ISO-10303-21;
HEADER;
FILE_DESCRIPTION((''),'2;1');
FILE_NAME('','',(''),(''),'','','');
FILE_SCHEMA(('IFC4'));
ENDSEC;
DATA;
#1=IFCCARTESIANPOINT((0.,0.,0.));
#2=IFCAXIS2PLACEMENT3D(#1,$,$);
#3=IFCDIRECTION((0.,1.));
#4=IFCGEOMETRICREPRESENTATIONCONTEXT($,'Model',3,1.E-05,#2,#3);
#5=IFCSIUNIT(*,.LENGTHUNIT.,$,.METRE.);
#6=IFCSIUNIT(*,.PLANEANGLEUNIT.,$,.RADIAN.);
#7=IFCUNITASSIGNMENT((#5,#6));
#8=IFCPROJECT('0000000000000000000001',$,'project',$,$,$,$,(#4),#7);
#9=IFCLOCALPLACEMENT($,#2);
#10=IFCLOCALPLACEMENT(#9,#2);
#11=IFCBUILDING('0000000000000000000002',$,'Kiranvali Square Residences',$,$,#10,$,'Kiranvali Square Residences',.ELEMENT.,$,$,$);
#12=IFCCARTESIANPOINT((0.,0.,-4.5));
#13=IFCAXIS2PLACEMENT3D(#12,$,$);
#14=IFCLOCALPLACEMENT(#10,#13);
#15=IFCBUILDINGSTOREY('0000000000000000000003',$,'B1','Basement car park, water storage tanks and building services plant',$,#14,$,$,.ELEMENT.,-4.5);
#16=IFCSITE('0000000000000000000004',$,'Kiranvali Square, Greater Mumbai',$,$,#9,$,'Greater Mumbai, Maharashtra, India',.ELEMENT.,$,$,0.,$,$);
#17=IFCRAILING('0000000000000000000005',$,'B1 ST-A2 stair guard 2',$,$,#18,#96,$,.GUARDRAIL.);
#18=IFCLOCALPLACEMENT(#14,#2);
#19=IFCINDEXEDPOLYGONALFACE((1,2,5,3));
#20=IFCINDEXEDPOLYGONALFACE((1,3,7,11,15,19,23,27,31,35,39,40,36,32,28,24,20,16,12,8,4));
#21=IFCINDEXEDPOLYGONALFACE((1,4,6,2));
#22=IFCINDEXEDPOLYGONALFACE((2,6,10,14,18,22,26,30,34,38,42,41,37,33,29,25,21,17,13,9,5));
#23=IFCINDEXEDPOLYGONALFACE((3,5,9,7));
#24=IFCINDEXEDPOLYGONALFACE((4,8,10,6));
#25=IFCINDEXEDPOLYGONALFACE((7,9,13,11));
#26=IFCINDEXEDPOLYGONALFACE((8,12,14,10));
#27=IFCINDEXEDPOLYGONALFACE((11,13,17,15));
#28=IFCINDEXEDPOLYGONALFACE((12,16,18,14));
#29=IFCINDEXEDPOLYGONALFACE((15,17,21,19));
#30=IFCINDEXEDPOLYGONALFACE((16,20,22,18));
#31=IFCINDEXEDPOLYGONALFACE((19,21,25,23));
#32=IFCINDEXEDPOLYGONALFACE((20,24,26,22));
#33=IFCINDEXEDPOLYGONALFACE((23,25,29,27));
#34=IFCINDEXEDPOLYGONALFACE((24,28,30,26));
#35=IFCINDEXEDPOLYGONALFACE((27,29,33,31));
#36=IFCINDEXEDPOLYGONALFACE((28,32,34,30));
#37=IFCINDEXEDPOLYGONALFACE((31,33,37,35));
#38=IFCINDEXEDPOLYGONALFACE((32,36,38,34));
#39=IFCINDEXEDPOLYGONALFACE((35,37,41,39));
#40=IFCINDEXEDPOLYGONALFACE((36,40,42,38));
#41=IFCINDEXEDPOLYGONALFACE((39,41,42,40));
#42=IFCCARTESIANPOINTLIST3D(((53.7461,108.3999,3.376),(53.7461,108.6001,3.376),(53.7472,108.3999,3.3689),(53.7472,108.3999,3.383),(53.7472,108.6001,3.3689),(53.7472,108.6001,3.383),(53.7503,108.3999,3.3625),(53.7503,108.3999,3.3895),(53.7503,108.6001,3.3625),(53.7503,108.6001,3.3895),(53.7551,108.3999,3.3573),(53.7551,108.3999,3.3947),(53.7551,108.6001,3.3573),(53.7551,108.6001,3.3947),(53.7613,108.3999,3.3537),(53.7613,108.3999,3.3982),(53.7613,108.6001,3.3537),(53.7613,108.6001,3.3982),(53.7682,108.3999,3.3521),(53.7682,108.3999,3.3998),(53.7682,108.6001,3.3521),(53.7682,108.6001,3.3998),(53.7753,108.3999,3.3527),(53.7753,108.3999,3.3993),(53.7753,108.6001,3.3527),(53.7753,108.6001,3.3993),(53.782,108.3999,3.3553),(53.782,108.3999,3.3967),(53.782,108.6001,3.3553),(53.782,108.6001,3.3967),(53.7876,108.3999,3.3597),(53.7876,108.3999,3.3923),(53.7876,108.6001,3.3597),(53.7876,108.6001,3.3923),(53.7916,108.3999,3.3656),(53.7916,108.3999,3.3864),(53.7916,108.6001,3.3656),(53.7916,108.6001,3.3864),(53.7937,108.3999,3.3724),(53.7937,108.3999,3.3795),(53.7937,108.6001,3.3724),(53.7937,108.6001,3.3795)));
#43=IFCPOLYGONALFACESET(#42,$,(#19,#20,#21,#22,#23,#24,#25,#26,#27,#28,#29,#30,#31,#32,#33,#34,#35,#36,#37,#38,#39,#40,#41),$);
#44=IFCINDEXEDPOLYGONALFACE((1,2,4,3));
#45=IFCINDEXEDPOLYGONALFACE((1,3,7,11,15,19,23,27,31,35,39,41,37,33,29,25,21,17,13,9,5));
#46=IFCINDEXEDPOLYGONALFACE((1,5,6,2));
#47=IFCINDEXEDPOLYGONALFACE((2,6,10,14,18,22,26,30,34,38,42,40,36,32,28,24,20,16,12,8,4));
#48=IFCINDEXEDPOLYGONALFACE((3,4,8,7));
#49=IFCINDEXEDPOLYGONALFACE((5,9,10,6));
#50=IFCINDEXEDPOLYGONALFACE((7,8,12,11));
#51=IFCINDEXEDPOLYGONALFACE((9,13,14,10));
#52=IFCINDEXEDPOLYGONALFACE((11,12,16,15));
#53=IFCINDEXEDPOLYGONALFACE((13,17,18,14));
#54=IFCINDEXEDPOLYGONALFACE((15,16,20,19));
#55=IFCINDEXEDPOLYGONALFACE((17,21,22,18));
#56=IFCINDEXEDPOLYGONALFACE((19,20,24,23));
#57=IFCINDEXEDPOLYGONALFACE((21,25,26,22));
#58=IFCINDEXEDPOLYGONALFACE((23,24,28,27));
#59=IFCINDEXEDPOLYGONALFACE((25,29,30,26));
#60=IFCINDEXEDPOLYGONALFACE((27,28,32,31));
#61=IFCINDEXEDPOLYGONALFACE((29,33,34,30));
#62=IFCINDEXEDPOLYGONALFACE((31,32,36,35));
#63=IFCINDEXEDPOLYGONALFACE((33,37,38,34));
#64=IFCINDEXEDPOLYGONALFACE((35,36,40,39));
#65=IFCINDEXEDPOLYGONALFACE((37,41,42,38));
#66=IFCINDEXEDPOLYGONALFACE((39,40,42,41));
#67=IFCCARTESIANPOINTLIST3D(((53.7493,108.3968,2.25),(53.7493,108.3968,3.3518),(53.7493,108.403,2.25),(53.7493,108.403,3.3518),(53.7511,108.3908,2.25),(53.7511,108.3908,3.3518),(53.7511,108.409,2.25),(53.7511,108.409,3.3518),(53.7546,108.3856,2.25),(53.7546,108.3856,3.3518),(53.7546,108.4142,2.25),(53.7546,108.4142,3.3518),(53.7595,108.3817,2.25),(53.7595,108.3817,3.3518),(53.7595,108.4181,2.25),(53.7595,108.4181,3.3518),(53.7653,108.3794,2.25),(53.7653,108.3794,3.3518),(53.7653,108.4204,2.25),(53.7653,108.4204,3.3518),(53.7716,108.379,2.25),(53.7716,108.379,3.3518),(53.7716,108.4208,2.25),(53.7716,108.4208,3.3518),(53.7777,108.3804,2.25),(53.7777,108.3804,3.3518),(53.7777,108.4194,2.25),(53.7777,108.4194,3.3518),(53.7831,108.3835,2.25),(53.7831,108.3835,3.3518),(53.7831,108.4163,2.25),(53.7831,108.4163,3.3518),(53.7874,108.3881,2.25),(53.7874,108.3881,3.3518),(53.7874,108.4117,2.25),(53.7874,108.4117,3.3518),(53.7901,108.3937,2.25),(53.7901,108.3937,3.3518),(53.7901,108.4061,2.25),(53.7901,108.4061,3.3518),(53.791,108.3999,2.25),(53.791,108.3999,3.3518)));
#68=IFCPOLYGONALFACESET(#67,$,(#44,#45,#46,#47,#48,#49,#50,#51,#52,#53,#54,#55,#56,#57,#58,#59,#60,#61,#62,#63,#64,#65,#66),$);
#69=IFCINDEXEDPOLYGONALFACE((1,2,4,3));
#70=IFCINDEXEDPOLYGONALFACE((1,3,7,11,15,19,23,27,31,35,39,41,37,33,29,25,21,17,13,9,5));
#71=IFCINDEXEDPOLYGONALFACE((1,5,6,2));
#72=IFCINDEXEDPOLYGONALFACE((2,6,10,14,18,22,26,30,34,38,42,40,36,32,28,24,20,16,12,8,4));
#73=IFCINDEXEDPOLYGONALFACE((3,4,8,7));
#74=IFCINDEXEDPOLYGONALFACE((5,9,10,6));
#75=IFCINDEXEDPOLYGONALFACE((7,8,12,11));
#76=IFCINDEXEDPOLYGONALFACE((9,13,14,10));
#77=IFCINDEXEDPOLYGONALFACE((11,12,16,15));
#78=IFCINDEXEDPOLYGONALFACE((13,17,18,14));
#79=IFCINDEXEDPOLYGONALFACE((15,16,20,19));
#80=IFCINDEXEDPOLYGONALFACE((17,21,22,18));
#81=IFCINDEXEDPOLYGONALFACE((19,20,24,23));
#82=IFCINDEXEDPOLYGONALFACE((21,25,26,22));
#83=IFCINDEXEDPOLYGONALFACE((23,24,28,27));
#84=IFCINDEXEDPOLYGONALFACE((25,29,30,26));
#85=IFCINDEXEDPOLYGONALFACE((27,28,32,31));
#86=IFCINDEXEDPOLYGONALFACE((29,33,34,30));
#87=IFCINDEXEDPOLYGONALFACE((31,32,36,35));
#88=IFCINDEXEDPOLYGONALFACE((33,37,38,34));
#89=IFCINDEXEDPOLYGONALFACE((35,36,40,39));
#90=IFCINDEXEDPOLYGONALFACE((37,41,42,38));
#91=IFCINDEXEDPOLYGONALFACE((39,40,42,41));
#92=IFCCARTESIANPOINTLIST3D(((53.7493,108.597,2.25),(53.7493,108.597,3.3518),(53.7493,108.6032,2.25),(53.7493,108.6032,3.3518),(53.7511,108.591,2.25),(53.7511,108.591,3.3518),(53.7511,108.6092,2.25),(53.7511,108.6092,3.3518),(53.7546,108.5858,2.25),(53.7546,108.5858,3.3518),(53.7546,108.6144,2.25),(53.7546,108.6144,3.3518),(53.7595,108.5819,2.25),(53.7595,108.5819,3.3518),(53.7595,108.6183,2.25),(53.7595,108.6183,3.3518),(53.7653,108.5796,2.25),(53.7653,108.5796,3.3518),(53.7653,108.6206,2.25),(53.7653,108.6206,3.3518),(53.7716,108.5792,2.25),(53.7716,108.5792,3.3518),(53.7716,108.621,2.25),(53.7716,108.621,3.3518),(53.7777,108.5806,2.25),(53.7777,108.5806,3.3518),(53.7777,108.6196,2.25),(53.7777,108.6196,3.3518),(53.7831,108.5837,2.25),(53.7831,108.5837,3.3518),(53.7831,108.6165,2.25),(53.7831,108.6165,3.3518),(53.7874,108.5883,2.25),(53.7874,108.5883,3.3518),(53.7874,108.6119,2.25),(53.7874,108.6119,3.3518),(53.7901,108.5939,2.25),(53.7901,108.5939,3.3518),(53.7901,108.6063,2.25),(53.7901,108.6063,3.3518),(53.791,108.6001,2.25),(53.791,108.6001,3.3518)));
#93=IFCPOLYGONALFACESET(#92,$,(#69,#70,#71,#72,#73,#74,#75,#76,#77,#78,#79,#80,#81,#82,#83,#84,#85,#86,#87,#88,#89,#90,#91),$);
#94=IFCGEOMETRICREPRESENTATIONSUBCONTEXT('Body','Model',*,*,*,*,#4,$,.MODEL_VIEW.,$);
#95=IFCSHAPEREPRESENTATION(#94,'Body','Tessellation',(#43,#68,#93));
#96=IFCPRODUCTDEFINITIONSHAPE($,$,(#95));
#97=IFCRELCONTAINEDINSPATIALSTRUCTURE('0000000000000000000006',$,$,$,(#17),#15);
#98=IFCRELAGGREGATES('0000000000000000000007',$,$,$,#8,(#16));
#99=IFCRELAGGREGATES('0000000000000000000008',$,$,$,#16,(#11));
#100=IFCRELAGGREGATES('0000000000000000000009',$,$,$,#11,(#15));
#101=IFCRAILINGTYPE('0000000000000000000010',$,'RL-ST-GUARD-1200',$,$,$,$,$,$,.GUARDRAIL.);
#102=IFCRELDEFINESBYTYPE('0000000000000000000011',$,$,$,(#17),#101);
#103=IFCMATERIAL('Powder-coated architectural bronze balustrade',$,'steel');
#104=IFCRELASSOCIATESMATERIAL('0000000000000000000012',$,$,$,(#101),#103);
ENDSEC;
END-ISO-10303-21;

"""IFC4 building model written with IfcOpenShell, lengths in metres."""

from ifc_helpers import new_model, si_unit, direction, frame, origin, origin_2d, place, context, subcontext, project, spatial, circle, extrude, material, type_object, element, save


model = new_model("IFC4")

# Units and contexts
model_context = context("Model", 3, precision=1e-05, world=origin(), true_north=direction((0.0, 1.0)))
body_context = subcontext(model_context, "Body", "Model", "MODEL_VIEW")
ifc_project = project(units=[si_unit("LENGTHUNIT", "METRE"), si_unit("PLANEANGLEUNIT", "RADIAN")], contexts=[model_context])

# Site, building, storey
site_placement = place(None, origin())
site = spatial("IfcSite", under=ifc_project, at=site_placement, Name="Kiranvali Square, Greater Mumbai", LongName="Greater Mumbai, Maharashtra, India", CompositionType="ELEMENT", RefElevation=0.0)
building_placement = place(site_placement, origin())
building = spatial("IfcBuilding", under=site, at=building_placement, Name="Kiranvali Square Residences", LongName="Kiranvali Square Residences", CompositionType="ELEMENT")
storey_placement = place(building_placement, frame((0.0, 0.0, -4.5)))
storey = spatial("IfcBuildingStorey", under=building, at=storey_placement, Name="B1", Description="Basement car park, water storage tanks and building services plant", CompositionType="ELEMENT", Elevation=-4.5)

# Railing
ifc_material_1 = material(Name="Powder-coated architectural bronze balustrade", Category="steel")
railing_type_1 = type_object("IfcRailingType", Name="RL-ST-GUARD-1200", PredefinedType="GUARDRAIL", material=ifc_material_1)
railing_1_placement = place(storey_placement, frame((53.77, 108.3999, 2.25)))
element("IfcRailing", 1, at=railing_1_placement, inside=storey, type_object=railing_type_1, Name="B1 ST-A2 stair guard 2", PredefinedType="GUARDRAIL", context=body_context, shape_type="SweptSolid", body=[
    extrude(circle(Radius=0.0239, at=origin_2d()), frame((0.0, 0.0, 1.126), z_axis=(0.0, 1.0, 0.0), x_axis=(-1.0, 0.0, 0.0)), (0.0, 0.0, 1.0), 0.2002),
    extrude(circle(Radius=0.021, at=origin_2d()), origin(), (0.0, 0.0, 1.0), 1.1018),
    extrude(circle(Radius=0.021, at=origin_2d()), frame((0.0, 0.2002, 0.0)), (0.0, 0.0, 1.0), 1.1018),
])

save(model, "model.ifc")
